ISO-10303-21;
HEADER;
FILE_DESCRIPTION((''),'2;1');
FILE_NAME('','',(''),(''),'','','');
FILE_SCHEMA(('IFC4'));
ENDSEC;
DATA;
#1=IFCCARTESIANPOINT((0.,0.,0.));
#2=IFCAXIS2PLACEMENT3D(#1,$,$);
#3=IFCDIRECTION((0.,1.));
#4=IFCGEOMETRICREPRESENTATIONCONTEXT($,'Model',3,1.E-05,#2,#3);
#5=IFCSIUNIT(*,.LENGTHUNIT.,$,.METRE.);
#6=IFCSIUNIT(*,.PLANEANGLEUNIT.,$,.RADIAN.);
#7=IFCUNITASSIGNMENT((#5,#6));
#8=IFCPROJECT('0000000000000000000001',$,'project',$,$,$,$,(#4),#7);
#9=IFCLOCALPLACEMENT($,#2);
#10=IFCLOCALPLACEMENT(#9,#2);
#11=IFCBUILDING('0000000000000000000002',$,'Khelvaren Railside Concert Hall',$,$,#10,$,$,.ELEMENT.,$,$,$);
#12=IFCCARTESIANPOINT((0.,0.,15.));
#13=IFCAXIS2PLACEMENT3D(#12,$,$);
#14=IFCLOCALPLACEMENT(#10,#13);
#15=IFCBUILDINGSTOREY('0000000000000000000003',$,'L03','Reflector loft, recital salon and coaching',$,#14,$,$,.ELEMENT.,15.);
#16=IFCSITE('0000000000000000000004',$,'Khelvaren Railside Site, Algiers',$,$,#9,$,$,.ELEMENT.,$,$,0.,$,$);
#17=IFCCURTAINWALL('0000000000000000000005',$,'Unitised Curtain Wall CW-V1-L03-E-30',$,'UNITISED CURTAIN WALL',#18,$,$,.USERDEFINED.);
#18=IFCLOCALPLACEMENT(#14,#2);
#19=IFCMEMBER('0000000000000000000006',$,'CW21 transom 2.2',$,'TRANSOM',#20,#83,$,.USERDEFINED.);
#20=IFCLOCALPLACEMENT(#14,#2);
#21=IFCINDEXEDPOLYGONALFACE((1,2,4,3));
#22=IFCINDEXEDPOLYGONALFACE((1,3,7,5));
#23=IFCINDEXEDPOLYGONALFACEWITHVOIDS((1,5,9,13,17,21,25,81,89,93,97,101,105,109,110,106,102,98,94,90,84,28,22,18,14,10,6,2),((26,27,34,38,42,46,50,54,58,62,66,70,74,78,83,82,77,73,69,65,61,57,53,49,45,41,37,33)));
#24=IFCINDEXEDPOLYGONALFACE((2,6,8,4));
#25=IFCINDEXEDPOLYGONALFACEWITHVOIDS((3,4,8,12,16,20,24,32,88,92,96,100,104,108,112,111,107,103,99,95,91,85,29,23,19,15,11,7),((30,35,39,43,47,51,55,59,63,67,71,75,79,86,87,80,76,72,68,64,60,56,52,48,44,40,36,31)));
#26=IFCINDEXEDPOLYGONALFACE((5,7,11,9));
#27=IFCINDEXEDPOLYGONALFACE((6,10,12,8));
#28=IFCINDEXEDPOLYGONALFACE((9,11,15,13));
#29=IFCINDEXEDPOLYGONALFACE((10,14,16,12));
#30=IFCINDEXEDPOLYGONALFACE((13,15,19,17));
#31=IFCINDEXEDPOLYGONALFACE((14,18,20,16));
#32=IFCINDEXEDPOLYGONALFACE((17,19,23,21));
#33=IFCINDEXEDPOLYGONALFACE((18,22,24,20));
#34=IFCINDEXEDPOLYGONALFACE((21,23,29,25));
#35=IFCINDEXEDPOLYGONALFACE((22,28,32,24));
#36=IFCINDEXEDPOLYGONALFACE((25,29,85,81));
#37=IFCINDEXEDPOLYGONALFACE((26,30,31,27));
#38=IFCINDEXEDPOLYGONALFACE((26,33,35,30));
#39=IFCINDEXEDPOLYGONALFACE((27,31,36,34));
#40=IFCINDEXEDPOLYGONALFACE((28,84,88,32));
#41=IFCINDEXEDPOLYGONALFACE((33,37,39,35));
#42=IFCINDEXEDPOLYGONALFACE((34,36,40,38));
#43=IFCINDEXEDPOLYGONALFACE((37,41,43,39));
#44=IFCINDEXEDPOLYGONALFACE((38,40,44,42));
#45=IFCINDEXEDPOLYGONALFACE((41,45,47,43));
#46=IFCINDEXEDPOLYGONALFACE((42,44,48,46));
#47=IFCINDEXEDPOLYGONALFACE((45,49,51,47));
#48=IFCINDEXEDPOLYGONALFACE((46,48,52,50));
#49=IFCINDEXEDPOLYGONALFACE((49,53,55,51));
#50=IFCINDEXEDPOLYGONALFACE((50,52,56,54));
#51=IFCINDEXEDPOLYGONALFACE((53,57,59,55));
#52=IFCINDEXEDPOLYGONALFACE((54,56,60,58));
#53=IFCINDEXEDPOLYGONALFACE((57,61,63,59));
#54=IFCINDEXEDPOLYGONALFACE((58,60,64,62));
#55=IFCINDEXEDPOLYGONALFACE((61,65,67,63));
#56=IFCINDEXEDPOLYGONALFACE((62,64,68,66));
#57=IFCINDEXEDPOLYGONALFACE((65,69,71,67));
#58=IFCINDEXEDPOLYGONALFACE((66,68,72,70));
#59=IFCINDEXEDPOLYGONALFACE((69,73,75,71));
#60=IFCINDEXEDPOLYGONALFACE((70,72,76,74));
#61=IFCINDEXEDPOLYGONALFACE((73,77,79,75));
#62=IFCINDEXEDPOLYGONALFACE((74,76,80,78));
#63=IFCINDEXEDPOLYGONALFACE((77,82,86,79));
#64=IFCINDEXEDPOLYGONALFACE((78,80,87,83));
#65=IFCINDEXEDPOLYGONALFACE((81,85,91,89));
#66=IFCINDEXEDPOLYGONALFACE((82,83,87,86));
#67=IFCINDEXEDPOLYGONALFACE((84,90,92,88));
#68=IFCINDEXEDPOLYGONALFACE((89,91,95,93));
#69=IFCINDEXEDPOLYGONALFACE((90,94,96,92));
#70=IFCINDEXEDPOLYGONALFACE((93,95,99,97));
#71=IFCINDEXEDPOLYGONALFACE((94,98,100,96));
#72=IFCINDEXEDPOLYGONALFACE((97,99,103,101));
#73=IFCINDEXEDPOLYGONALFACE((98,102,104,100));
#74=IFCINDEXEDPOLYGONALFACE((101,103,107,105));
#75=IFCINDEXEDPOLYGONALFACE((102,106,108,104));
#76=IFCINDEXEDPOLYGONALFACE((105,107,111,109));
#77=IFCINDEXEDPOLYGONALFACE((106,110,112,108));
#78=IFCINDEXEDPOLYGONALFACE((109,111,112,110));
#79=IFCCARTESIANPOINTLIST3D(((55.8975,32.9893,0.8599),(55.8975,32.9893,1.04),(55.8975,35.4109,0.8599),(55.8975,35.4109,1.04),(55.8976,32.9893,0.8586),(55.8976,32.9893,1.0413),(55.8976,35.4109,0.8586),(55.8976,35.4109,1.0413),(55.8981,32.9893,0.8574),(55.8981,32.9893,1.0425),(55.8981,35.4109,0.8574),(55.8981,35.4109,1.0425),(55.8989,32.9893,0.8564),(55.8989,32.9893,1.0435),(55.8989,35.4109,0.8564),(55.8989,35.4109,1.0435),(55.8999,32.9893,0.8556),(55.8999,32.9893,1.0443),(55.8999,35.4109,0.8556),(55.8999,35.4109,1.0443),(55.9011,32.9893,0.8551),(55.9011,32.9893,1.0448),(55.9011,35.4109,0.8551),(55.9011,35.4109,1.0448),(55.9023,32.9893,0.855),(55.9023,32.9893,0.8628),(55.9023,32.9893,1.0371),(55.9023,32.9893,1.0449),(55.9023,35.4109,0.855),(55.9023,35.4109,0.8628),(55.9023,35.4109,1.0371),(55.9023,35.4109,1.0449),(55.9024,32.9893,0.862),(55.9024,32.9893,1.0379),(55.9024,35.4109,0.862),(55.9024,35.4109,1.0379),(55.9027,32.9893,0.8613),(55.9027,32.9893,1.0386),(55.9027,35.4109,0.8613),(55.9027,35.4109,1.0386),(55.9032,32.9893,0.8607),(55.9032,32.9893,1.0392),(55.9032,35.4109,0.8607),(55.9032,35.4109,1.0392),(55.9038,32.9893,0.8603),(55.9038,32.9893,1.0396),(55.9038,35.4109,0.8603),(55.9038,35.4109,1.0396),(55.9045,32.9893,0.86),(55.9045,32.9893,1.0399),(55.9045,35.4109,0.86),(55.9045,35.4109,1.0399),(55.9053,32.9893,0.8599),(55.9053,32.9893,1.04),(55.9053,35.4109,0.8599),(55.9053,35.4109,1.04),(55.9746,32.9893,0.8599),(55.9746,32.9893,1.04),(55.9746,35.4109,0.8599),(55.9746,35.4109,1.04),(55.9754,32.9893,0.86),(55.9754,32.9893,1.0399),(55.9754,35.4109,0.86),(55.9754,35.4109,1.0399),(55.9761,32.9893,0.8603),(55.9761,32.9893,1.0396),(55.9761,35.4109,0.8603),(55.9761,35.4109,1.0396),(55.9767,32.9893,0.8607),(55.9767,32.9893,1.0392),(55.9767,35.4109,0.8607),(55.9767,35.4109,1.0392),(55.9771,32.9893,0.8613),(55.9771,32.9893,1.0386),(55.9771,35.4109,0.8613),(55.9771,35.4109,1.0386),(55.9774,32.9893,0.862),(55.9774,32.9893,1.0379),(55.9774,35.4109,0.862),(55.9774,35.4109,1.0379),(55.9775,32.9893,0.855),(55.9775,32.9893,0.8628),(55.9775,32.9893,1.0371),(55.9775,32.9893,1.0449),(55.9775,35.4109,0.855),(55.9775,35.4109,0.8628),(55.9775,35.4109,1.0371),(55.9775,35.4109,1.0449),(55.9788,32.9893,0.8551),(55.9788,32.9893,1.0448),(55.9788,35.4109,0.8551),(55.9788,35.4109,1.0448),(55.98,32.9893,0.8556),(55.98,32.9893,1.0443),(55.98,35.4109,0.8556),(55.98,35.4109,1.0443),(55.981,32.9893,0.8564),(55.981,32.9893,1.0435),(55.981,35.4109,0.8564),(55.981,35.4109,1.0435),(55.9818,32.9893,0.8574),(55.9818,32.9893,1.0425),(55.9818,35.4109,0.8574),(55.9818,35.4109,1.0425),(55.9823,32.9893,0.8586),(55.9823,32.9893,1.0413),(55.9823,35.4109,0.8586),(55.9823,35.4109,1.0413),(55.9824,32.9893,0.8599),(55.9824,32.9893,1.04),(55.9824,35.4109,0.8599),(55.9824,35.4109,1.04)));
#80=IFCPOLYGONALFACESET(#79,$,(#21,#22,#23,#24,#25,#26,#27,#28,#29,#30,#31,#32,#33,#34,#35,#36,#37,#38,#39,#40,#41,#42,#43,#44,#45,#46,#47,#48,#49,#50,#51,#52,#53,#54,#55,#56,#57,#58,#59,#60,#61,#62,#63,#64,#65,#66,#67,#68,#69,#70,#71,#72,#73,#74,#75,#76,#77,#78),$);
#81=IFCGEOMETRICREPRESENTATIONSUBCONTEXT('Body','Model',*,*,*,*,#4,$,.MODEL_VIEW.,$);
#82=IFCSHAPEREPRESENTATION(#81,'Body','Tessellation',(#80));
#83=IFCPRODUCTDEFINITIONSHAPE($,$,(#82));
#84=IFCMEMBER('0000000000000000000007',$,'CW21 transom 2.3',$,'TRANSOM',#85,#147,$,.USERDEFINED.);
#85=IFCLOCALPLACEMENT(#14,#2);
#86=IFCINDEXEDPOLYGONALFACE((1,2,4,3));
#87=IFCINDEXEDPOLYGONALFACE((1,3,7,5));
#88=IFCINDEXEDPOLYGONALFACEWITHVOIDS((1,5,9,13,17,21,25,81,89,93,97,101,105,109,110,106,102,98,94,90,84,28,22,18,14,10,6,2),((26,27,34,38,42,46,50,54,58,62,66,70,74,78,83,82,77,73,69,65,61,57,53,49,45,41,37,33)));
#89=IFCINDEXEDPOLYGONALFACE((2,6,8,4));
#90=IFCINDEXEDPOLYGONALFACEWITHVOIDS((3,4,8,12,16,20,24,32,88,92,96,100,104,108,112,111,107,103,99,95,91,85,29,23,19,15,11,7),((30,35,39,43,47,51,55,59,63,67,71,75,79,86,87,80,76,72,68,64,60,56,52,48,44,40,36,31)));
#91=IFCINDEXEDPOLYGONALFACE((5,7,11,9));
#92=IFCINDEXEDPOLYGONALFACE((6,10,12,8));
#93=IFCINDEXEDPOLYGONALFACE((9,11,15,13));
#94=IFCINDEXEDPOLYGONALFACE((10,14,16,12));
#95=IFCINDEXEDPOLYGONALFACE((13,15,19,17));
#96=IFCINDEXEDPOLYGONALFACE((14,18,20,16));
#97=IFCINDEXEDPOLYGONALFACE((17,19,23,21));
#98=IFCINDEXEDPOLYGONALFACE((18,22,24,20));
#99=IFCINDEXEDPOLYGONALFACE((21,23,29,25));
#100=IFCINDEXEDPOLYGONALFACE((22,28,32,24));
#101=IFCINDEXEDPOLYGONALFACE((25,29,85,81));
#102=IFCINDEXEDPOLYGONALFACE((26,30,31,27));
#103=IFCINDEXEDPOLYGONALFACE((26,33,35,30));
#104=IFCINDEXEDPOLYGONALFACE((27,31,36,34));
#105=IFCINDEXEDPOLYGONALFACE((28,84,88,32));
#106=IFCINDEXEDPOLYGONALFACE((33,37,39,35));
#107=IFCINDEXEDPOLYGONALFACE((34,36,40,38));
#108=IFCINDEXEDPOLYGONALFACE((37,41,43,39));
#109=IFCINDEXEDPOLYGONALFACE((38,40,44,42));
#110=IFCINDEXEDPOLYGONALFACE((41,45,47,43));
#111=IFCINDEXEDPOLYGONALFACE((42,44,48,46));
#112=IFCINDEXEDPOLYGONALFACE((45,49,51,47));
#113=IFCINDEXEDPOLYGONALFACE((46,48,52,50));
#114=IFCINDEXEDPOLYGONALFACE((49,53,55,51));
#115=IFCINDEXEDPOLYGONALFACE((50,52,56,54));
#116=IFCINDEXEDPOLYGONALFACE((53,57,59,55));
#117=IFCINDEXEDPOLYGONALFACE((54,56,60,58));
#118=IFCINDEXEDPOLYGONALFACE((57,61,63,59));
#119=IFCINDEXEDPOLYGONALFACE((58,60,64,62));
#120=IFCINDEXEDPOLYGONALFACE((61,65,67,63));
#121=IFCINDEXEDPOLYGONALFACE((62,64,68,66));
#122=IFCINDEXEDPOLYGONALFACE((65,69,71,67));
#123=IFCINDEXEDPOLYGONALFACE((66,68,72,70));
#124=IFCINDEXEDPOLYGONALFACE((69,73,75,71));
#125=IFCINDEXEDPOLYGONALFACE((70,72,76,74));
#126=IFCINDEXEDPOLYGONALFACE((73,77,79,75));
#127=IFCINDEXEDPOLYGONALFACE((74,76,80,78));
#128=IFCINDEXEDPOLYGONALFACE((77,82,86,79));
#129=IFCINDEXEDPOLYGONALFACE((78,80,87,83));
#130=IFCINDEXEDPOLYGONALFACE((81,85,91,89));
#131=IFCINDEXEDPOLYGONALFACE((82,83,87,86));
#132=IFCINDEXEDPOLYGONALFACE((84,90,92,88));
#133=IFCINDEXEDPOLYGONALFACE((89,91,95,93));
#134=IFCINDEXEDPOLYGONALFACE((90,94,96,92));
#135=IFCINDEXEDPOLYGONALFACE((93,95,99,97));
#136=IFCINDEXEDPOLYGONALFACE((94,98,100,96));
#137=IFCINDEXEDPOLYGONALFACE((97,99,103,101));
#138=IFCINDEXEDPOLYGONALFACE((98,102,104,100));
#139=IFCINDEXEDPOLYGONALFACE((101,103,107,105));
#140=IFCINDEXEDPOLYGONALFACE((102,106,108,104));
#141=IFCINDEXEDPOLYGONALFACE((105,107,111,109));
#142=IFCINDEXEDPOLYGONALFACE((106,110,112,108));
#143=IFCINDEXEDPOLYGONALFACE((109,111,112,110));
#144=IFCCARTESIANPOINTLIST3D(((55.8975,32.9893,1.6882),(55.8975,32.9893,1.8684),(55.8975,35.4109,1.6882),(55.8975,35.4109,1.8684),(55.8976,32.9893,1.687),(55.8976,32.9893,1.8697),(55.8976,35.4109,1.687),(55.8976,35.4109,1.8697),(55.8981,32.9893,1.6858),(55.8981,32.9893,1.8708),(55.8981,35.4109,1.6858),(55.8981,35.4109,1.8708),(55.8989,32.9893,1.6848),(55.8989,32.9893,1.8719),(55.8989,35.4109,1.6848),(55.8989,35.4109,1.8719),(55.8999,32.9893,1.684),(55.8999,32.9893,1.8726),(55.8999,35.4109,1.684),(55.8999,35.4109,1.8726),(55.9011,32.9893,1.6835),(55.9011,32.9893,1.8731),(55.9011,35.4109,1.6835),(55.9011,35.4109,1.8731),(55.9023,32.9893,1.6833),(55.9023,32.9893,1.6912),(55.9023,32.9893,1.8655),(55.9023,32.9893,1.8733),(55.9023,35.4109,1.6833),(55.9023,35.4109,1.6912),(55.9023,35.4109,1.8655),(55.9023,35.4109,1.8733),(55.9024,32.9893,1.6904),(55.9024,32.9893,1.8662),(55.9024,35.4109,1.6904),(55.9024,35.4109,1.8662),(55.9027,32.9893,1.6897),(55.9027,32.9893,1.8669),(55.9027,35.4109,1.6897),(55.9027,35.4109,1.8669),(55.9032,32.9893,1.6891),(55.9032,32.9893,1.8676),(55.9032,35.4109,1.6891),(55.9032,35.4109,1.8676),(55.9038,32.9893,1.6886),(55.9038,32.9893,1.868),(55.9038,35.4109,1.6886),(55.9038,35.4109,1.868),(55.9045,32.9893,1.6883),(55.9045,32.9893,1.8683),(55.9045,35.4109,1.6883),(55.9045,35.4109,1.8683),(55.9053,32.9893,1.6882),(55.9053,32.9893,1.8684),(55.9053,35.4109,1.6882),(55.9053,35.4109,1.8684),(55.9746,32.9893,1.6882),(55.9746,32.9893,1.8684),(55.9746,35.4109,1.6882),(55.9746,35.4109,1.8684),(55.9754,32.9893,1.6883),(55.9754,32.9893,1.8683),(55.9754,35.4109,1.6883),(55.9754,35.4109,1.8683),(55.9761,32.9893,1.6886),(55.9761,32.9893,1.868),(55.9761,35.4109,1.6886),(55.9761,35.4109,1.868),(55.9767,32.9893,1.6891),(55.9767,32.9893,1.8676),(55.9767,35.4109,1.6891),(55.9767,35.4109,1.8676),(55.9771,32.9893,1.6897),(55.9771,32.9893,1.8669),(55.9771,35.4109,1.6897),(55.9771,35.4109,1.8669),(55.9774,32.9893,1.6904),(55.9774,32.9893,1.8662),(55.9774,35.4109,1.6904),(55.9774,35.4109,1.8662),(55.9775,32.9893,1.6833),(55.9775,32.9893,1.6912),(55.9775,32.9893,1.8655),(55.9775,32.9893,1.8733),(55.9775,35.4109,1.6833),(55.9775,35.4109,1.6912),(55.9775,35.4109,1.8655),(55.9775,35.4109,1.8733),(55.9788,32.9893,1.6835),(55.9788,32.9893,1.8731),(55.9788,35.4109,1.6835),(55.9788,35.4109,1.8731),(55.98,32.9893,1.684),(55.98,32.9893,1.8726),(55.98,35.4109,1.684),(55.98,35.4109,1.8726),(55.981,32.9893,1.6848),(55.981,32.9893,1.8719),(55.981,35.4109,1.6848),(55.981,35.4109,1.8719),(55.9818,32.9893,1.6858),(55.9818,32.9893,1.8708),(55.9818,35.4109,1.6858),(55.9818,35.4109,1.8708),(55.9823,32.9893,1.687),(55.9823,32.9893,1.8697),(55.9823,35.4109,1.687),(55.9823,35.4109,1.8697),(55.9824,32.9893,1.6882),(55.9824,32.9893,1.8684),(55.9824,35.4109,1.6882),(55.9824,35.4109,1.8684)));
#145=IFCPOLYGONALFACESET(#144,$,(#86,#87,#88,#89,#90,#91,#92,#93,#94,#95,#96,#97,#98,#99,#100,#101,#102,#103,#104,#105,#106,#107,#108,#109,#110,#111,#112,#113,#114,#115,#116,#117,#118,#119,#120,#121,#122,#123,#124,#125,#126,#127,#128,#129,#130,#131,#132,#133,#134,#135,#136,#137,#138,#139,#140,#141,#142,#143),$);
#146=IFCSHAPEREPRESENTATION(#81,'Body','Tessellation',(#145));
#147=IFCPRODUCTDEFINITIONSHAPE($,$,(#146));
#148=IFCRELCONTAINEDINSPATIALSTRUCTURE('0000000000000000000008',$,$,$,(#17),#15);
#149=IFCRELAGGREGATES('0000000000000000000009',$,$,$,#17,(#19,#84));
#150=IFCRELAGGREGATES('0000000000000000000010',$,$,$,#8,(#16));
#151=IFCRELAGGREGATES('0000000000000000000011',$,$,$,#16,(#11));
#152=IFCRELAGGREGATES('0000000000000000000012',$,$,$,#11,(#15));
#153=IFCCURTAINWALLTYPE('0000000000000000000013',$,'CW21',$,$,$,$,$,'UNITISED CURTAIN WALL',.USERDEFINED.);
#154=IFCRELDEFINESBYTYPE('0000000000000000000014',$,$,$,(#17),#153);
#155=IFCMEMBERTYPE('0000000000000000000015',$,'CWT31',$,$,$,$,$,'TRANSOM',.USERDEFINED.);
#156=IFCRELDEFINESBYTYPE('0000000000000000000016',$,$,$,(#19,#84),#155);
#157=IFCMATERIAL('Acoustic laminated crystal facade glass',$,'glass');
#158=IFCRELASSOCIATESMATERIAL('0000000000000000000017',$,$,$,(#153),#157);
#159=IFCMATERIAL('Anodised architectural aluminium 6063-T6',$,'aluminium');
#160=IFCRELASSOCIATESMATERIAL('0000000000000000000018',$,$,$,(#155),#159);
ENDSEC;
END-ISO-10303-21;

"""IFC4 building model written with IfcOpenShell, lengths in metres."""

from ifc_helpers import new_model, si_unit, direction, frame, origin, origin_2d, place, context, subcontext, project, spatial, hollow_rectangle, extrude, material, material_profile, profile_set, type_object, element, aggregate, save


model = new_model("IFC4")

# Units and contexts
model_context = context("Model", 3, precision=1e-05, world=origin(), true_north=direction((0.0, 1.0)))
body_context = subcontext(model_context, "Body", "Model", "MODEL_VIEW")
ifc_project = project(units=[si_unit("LENGTHUNIT", "METRE"), si_unit("PLANEANGLEUNIT", "RADIAN")], contexts=[model_context])

# Site, building, storey
site_placement = place(None, origin())
site = spatial("IfcSite", under=ifc_project, at=site_placement, Name="Khelvaren Railside Site, Algiers", CompositionType="ELEMENT", RefElevation=0.0)
building_placement = place(site_placement, origin())
building = spatial("IfcBuilding", under=site, at=building_placement, Name="Khelvaren Railside Concert Hall", CompositionType="ELEMENT")
storey_placement = place(building_placement, frame((0.0, 0.0, 15.0)))
storey = spatial("IfcBuildingStorey", under=building, at=storey_placement, Name="L03", Description="Reflector loft, recital salon and coaching", CompositionType="ELEMENT", Elevation=15.0)

# Curtain wall
ifc_material_1 = material(Name="Acoustic laminated crystal facade glass", Category="glass")
curtain_wall_type_1 = type_object("IfcCurtainWallType", Name="CW21", ElementType="UNITISED CURTAIN WALL", PredefinedType="USERDEFINED", material=ifc_material_1)
curtain_wall_1_placement = place(storey_placement, origin())
curtain_wall_1 = element("IfcCurtainWall", 1, at=curtain_wall_1_placement, inside=storey, type_object=curtain_wall_type_1, Name="Unitised Curtain Wall CW-V1-L03-E-30", ObjectType="UNITISED CURTAIN WALL", PredefinedType="USERDEFINED")
ifc_material_2 = material(Name="Anodised architectural aluminium 6063-T6", Category="aluminium")

# Members
ifc_material_profile_1 = material_profile(ifc_material_2, hollow_rectangle(XDim=0.085, YDim=0.1899, WallThickness=0.0049, InnerFilletRadius=0.0029, OuterFilletRadius=0.0049, at=origin_2d()), Name="CWT 85x190x5")
ifc_profile_set_1 = profile_set([ifc_material_profile_1], Name="Anodised architectural aluminium 6063-T6")
member_type_1 = type_object("IfcMemberType", Name="CWT31", ElementType="TRANSOM", PredefinedType="USERDEFINED", material=ifc_profile_set_1)
member_1_placement = place(storey_placement, frame((55.9399, 35.4109, 0.95), z_axis=(0.0, -1.0, 0.0), x_axis=(1.0, 0.0, 0.0)))
member_1 = element("IfcMember", 2, at=member_1_placement, type_object=member_type_1, Name="CW21 transom 2.2", ObjectType="TRANSOM", PredefinedType="USERDEFINED", context=body_context, shape_type="SweptSolid", body=[
    extrude(hollow_rectangle(XDim=0.085, YDim=0.1899, WallThickness=0.0049, InnerFilletRadius=0.0029, OuterFilletRadius=0.0049, at=origin_2d()), origin(), (0.0, 0.0, 1.0), 2.4216),
])
member_2_placement = place(storey_placement, frame((55.9399, 35.4109, 1.7783), z_axis=(0.0, -1.0, 0.0), x_axis=(1.0, 0.0, 0.0)))
member_2 = element("IfcMember", 3, at=member_2_placement, type_object=member_type_1, Name="CW21 transom 2.3", ObjectType="TRANSOM", PredefinedType="USERDEFINED", context=body_context, shape_type="SweptSolid", body=[
    extrude(hollow_rectangle(XDim=0.085, YDim=0.1899, WallThickness=0.0049, InnerFilletRadius=0.0029, OuterFilletRadius=0.0049, at=origin_2d()), origin(), (0.0, 0.0, 1.0), 2.4216),
])

aggregate(curtain_wall_1, [member_1, member_2])

save(model, "model.ifc")
